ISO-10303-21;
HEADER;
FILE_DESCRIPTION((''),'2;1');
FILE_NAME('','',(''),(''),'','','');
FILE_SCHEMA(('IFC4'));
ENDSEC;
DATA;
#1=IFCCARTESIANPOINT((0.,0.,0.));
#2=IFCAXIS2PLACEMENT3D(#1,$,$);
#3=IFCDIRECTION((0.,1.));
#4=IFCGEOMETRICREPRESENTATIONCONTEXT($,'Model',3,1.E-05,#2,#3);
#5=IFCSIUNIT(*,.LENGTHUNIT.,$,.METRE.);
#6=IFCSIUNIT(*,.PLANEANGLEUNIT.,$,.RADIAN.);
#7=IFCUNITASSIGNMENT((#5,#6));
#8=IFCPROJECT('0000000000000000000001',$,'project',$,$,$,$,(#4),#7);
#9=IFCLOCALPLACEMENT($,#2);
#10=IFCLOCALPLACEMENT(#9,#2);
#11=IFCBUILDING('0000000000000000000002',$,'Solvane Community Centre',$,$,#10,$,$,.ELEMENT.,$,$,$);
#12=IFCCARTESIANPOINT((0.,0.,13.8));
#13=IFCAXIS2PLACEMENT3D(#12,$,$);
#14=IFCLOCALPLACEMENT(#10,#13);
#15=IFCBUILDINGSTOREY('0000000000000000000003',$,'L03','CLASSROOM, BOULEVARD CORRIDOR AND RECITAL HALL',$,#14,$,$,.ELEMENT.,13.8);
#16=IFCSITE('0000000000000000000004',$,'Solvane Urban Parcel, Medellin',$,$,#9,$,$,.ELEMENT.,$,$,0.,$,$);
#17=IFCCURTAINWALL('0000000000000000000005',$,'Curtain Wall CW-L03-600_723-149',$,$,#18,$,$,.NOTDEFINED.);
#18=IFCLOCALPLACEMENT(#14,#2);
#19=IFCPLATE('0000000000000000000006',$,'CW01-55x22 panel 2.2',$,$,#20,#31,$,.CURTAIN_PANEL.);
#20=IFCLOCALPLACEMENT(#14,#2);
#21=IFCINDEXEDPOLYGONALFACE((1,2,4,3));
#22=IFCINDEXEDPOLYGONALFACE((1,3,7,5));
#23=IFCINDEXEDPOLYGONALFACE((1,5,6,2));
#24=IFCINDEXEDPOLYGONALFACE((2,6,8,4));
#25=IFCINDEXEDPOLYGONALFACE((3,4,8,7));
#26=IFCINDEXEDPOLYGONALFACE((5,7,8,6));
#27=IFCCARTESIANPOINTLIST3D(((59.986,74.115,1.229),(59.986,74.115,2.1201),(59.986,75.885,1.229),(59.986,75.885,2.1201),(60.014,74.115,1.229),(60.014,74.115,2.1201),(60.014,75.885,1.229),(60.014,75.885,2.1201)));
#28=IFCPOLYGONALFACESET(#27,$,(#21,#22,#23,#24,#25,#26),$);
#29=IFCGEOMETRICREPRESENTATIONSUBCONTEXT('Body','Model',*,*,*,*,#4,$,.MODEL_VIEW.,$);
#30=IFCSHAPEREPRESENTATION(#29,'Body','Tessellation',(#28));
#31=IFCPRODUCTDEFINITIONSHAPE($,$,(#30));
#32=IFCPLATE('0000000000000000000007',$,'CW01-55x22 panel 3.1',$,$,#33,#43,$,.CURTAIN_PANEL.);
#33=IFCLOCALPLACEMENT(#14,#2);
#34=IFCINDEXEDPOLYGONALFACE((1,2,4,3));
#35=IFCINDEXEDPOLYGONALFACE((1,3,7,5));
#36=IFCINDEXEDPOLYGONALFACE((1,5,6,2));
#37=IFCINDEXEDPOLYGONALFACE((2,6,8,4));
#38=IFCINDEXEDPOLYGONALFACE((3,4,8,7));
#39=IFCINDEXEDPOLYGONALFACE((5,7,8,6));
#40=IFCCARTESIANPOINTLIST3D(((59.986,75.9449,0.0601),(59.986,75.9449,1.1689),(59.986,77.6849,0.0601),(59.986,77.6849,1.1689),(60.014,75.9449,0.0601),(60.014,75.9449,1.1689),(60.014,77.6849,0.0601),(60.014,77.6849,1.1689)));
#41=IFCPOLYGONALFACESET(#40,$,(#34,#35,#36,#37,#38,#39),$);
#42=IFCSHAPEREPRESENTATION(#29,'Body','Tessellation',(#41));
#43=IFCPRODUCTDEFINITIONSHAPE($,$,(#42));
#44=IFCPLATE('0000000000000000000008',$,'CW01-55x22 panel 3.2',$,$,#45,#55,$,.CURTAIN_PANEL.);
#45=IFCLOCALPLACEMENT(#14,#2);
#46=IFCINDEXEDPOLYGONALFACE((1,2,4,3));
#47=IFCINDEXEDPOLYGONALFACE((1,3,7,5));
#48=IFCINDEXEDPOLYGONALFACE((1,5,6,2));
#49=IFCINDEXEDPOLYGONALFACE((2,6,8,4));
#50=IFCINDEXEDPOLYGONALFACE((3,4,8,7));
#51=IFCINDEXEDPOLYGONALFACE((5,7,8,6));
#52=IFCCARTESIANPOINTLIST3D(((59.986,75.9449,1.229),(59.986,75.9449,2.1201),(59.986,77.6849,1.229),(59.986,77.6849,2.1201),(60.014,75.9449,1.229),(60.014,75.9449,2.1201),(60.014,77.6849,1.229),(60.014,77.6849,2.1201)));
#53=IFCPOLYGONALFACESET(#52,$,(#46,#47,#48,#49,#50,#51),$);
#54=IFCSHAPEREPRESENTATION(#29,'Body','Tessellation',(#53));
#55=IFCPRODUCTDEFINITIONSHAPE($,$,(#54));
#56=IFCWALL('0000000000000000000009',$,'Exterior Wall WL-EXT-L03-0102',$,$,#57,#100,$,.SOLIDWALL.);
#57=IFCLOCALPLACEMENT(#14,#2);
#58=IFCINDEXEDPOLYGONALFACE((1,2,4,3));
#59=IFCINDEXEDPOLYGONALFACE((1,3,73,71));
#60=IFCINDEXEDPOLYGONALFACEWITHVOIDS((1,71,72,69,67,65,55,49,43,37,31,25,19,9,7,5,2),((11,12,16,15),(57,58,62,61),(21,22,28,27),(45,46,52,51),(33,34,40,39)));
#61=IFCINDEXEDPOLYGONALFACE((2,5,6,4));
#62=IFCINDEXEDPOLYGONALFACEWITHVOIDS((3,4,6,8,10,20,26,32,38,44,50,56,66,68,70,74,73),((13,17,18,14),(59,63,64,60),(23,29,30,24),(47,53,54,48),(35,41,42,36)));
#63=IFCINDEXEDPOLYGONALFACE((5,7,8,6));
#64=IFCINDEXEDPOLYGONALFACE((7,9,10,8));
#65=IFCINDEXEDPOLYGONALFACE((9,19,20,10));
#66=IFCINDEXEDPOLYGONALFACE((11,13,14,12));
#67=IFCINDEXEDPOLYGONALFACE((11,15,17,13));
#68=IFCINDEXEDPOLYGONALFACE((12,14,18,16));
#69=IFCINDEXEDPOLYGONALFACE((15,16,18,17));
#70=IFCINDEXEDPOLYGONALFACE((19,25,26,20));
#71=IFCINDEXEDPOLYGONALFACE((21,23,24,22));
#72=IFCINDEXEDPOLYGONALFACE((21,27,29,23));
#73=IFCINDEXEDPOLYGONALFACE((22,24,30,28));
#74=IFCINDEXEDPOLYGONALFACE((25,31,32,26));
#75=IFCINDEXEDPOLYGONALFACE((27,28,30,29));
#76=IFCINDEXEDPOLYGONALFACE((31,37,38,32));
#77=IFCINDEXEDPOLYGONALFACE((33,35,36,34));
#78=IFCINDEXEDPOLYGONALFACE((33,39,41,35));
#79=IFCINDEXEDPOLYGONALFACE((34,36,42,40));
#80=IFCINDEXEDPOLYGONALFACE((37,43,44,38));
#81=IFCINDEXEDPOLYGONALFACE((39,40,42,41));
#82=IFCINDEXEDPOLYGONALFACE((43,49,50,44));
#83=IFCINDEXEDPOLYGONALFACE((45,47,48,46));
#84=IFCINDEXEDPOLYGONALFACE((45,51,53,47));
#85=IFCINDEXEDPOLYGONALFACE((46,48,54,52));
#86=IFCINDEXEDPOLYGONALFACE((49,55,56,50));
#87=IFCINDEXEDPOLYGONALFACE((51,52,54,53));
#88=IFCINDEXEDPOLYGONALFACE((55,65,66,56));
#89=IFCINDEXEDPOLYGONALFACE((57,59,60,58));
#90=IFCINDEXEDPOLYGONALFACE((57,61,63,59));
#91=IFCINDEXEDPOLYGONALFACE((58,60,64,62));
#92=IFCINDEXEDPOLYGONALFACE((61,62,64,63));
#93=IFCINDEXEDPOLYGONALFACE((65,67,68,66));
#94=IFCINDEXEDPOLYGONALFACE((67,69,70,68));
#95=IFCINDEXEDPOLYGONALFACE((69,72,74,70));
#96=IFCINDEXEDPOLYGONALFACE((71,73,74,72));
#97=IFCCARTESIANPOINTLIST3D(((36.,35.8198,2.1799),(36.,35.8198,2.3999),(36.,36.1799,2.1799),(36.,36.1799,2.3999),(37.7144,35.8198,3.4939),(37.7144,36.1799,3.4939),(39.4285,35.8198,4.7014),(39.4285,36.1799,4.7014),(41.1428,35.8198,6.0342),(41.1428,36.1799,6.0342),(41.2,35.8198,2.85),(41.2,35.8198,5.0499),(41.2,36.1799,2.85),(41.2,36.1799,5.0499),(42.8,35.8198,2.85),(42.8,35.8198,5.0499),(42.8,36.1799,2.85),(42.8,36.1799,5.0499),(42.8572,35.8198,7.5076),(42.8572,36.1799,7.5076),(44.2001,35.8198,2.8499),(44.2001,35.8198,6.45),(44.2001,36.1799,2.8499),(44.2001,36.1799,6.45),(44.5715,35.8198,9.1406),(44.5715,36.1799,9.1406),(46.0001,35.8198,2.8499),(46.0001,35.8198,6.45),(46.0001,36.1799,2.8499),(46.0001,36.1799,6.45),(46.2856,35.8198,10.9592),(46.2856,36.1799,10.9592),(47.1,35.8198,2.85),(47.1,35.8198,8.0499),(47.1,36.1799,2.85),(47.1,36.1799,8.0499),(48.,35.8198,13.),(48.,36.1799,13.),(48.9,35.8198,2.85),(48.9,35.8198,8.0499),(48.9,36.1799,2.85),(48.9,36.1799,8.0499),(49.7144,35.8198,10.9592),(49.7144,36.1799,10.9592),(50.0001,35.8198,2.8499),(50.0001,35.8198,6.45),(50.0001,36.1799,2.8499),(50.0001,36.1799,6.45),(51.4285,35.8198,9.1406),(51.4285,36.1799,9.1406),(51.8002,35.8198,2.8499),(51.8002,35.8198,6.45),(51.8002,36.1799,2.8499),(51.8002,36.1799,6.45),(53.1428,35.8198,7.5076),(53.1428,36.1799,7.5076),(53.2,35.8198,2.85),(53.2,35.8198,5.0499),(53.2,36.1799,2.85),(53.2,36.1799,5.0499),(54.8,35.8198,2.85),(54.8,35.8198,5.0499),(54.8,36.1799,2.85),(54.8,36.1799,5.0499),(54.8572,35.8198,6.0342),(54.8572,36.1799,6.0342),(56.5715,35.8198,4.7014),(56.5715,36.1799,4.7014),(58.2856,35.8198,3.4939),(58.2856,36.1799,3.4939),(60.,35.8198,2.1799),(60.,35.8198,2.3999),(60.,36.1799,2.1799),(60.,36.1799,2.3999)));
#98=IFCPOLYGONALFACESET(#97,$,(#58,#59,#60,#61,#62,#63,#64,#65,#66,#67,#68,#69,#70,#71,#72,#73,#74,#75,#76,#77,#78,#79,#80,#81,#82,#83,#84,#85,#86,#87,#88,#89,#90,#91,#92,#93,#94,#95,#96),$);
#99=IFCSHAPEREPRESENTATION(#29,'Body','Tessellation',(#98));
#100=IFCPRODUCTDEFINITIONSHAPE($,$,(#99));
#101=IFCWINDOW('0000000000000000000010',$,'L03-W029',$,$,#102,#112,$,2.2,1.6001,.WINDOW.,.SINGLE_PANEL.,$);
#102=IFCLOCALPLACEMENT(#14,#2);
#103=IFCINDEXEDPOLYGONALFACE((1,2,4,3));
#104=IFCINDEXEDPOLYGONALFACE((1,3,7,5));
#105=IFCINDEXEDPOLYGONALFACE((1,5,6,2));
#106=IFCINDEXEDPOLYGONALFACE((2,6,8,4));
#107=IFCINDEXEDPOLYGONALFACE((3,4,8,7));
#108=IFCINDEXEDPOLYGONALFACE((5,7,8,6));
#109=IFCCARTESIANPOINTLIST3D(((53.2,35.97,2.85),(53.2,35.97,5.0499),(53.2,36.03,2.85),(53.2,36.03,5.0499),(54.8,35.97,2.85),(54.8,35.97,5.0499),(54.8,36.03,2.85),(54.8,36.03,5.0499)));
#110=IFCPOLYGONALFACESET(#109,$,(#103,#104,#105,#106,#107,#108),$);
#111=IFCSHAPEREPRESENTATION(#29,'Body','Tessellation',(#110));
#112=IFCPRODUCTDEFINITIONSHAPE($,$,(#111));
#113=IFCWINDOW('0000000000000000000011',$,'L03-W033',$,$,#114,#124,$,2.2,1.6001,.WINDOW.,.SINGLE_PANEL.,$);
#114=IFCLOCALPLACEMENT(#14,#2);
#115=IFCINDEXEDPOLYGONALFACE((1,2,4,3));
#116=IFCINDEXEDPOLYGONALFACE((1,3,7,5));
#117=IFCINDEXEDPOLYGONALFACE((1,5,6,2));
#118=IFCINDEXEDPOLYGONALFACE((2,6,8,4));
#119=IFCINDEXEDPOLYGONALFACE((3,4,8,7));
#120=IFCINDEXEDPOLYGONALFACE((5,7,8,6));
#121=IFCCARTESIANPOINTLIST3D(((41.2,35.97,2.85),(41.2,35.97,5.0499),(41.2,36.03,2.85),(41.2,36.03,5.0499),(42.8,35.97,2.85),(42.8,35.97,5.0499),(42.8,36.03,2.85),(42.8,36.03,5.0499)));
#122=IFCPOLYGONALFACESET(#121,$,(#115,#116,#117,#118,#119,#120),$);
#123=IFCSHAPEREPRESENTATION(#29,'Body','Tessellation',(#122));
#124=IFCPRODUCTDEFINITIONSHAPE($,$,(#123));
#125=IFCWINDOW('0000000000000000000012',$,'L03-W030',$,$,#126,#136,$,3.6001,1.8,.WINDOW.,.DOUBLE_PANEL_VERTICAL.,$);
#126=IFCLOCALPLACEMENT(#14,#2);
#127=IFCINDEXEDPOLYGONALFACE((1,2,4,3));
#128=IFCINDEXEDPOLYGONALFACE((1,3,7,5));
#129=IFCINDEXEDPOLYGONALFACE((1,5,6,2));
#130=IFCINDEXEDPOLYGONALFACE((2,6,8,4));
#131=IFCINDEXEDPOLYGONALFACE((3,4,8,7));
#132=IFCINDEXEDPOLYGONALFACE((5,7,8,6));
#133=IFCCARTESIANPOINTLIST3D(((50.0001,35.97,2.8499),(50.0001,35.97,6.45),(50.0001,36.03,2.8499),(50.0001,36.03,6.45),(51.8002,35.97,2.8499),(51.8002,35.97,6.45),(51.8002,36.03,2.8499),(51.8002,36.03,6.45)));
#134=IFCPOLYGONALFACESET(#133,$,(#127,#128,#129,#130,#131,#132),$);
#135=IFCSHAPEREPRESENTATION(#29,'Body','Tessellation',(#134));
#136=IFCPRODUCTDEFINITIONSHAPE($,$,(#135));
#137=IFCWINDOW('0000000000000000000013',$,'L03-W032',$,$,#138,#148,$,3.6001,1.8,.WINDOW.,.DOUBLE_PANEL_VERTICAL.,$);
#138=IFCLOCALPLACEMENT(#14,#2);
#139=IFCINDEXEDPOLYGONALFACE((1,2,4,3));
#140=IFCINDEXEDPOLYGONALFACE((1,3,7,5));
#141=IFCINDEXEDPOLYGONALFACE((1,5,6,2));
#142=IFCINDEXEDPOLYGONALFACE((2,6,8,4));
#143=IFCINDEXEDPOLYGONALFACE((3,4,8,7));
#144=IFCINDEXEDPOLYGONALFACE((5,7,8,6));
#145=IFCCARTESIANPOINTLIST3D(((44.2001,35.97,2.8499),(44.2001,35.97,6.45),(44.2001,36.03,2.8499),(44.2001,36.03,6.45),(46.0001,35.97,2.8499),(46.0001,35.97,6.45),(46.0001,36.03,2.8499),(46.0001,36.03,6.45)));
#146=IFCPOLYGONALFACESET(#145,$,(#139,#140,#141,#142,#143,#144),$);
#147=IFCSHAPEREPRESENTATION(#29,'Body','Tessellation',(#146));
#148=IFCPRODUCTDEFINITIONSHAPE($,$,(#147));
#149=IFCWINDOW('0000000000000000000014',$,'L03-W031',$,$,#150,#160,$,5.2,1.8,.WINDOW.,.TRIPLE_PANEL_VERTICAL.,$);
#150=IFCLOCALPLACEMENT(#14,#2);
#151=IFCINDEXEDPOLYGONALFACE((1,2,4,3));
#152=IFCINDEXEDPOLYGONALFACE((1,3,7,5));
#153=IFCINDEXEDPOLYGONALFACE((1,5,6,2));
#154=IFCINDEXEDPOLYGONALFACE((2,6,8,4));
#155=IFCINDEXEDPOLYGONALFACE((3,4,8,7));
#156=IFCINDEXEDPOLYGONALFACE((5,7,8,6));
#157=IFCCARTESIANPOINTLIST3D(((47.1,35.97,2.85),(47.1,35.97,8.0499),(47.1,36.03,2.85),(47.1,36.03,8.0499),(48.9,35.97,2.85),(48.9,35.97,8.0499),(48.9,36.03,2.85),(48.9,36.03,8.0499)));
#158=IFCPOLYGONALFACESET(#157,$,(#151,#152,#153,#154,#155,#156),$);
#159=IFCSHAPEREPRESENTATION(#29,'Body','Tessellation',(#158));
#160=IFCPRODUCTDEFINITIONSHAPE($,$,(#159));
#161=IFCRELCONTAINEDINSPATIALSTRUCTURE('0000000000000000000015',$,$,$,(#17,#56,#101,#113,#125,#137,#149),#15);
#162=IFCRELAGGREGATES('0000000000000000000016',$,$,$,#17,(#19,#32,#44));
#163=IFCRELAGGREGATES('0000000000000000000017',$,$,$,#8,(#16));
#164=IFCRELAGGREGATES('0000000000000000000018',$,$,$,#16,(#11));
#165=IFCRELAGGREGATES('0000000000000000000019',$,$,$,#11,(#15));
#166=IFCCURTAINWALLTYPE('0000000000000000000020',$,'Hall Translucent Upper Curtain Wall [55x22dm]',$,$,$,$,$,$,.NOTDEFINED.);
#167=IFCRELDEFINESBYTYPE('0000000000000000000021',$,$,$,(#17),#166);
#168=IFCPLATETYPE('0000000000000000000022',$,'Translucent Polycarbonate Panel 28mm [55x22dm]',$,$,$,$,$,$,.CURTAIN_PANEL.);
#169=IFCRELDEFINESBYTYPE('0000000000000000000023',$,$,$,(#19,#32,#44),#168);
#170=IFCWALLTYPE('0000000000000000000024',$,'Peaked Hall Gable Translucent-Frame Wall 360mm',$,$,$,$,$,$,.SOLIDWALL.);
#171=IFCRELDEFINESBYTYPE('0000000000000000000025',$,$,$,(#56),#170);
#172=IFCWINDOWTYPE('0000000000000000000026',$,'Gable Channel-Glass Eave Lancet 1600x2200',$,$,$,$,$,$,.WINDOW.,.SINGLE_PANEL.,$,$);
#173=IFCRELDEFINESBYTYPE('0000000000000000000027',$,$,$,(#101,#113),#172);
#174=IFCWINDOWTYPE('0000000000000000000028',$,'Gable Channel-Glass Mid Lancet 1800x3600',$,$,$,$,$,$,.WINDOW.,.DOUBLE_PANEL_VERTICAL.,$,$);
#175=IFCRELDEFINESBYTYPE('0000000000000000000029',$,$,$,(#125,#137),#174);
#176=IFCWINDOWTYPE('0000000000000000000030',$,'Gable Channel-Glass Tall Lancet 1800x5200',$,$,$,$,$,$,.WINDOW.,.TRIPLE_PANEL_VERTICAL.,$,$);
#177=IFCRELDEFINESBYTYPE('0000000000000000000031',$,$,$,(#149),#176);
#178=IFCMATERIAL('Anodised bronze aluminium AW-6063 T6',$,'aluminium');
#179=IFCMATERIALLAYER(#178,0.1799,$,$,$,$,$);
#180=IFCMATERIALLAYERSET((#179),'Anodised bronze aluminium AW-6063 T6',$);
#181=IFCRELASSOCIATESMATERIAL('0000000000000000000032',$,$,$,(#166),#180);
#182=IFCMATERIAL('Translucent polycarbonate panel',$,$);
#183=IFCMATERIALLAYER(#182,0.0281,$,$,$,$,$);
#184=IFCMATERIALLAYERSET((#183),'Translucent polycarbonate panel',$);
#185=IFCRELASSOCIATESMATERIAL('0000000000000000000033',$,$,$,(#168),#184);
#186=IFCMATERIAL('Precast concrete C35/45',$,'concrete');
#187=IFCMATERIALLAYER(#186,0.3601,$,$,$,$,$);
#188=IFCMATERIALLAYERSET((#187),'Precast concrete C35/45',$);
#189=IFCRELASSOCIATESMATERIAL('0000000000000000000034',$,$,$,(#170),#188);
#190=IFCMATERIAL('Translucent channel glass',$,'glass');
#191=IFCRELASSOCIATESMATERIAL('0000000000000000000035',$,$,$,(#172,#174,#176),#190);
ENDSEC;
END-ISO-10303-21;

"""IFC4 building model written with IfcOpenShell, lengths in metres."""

from ifc_helpers import new_model, si_unit, direction, frame, frame_2d, origin, origin_2d, place, context, subcontext, project, spatial, polyline, rectangle, outline, extrude, material, layer, layer_set, type_object, element, fill, aggregate, save


model = new_model("IFC4")

# Units and contexts
model_context = context("Model", 3, precision=1e-05, world=origin(), true_north=direction((0.0, 1.0)))
body_context = subcontext(model_context, "Body", "Model", "MODEL_VIEW")
ifc_project = project(units=[si_unit("LENGTHUNIT", "METRE"), si_unit("PLANEANGLEUNIT", "RADIAN")], contexts=[model_context])

# Site, building, storey
site_placement = place(None, origin())
site = spatial("IfcSite", under=ifc_project, at=site_placement, Name="Solvane Urban Parcel, Medellin", CompositionType="ELEMENT", RefElevation=0.0)
building_placement = place(site_placement, origin())
building = spatial("IfcBuilding", under=site, at=building_placement, Name="Solvane Community Centre", CompositionType="ELEMENT")
storey_placement = place(building_placement, frame((0.0, 0.0, 13.8)))
storey = spatial("IfcBuildingStorey", under=building, at=storey_placement, Name="L03", Description="CLASSROOM, BOULEVARD CORRIDOR AND RECITAL HALL", CompositionType="ELEMENT", Elevation=13.8)

# Curtain wall
ifc_material_1 = material(Name="Anodised bronze aluminium AW-6063 T6", Category="aluminium")
ifc_layer_1 = layer(ifc_material_1, 0.1799)
ifc_layer_set_1 = layer_set([ifc_layer_1], Name="Anodised bronze aluminium AW-6063 T6")
curtain_wall_type = type_object("IfcCurtainWallType", Name="Hall Translucent Upper Curtain Wall [55x22dm]", PredefinedType="NOTDEFINED", material=ifc_layer_set_1)
curtain_wall_placement = place(storey_placement, origin())
curtain_wall = element("IfcCurtainWall", 1, at=curtain_wall_placement, inside=storey, type_object=curtain_wall_type, Name="Curtain Wall CW-L03-600_723-149", PredefinedType="NOTDEFINED")

# Plates
ifc_material_2 = material(Name="Translucent polycarbonate panel")
ifc_layer_2 = layer(ifc_material_2, 0.0281)
ifc_layer_set_2 = layer_set([ifc_layer_2], Name="Translucent polycarbonate panel")
plate_type_1 = type_object("IfcPlateType", Name="Translucent Polycarbonate Panel 28mm [55x22dm]", PredefinedType="CURTAIN_PANEL", material=ifc_layer_set_2)
plate_1_placement = place(storey_placement, frame((60.0, 75.0, 1.229), z_axis=(0.0, 0.0, 1.0), x_axis=(0.0, 1.0, 0.0)))
plate_1 = element("IfcPlate", 2, at=plate_1_placement, type_object=plate_type_1, Name="CW01-55x22 panel 2.2", PredefinedType="CURTAIN_PANEL", context=body_context, shape_type="SweptSolid", body=[
    extrude(rectangle(XDim=1.77, YDim=0.0281, at=origin_2d()), origin(), (0.0, 0.0, 1.0), 0.8911),
])
plate_2_placement = place(storey_placement, frame((60.0, 76.8149, 0.0601), z_axis=(0.0, 0.0, 1.0), x_axis=(0.0, 1.0, 0.0)))
plate_2 = element("IfcPlate", 3, at=plate_2_placement, type_object=plate_type_1, Name="CW01-55x22 panel 3.1", PredefinedType="CURTAIN_PANEL", context=body_context, shape_type="SweptSolid", body=[
    extrude(rectangle(XDim=1.74, YDim=0.0281, at=origin_2d()), origin(), (0.0, 0.0, 1.0), 1.1089),
])
plate_3_placement = place(storey_placement, frame((60.0, 76.8149, 1.229), z_axis=(0.0, 0.0, 1.0), x_axis=(0.0, 1.0, 0.0)))
plate_3 = element("IfcPlate", 4, at=plate_3_placement, type_object=plate_type_1, Name="CW01-55x22 panel 3.2", PredefinedType="CURTAIN_PANEL", context=body_context, shape_type="SweptSolid", body=[
    extrude(rectangle(XDim=1.74, YDim=0.0281, at=origin_2d()), origin(), (0.0, 0.0, 1.0), 0.8911),
])
aggregate(curtain_wall, [plate_1, plate_2, plate_3])

# Wall, openings, windows
ifc_material_3 = material(Name="Precast concrete C35/45", Category="concrete")
ifc_layer_3 = layer(ifc_material_3, 0.3601)
ifc_layer_set_3 = layer_set([ifc_layer_3], Name="Precast concrete C35/45")
wall_type = type_object("IfcWallType", Name="Peaked Hall Gable Translucent-Frame Wall 360mm", PredefinedType="SOLIDWALL", material=ifc_layer_set_3)
wall_placement = place(storey_placement, frame((60.0, 36.0, 2.1799), z_axis=(0.0, 0.0, 1.0), x_axis=(-1.0, 0.0, 0.0)))
wall = element("IfcWall", 5, at=wall_placement, inside=storey, type_object=wall_type, Name="Exterior Wall WL-EXT-L03-0102", PredefinedType="SOLIDWALL", context=body_context, shape_type="SweptSolid", body=[
    extrude(outline(polyline([(0.0, 0.0), (24.0, 0.0), (24.0, 0.22), (22.2856, 1.314), (20.5715, 2.5215), (18.8572, 3.8542), (17.1428, 5.3276), (15.4285, 6.9607), (13.7144, 8.7793), (12.0, 10.8201), (10.2856, 8.7793), (8.5715, 6.9607), (6.8572, 5.3276), (5.1428, 3.8542), (3.4285, 2.5215), (1.7144, 1.314), (0.0, 0.22), (0.0, 0.0)])), frame((0.0, 0.1802, 0.0), z_axis=(0.0, -1.0, 0.0), x_axis=(1.0, 0.0, 0.0)), (0.0, 0.0, 1.0), 0.3601),
])
opening_1_placement = place(wall_placement, frame((5.2, 0.0, 0.6699)))
opening_1 = element("IfcOpeningElement", 6, at=opening_1_placement, cuts=wall, PredefinedType="OPENING", context=body_context, shape_type="SweptSolid", body=[
    extrude(rectangle(XDim=1.6001, YDim=2.2, at=frame_2d((0.8, 1.1001))), frame((0.0, 0.1899, 0.0), z_axis=(0.0, -1.0, 0.0), x_axis=(1.0, 0.0, 0.0)), (0.0, 0.0, 1.0), 0.3801),
])
opening_2_placement = place(wall_placement, frame((8.2, 0.0, 0.6699)))
opening_2 = element("IfcOpeningElement", 7, at=opening_2_placement, cuts=wall, PredefinedType="OPENING", context=body_context, shape_type="SweptSolid", body=[
    extrude(rectangle(XDim=1.8, YDim=3.6001, at=frame_2d((0.8999, 1.8))), frame((0.0, 0.1899, 0.0), z_axis=(0.0, -1.0, 0.0), x_axis=(1.0, 0.0, 0.0)), (0.0, 0.0, 1.0), 0.3801),
])
opening_3_placement = place(wall_placement, frame((11.1001, 0.0, 0.6699)))
opening_3 = element("IfcOpeningElement", 8, at=opening_3_placement, cuts=wall, PredefinedType="OPENING", context=body_context, shape_type="SweptSolid", body=[
    extrude(rectangle(XDim=1.8, YDim=5.2, at=frame_2d((0.8999, 2.6001))), frame((0.0, 0.1899, 0.0), z_axis=(0.0, -1.0, 0.0), x_axis=(1.0, 0.0, 0.0)), (0.0, 0.0, 1.0), 0.3801),
])
opening_4_placement = place(wall_placement, frame((14.0, 0.0, 0.6699)))
opening_4 = element("IfcOpeningElement", 9, at=opening_4_placement, cuts=wall, PredefinedType="OPENING", context=body_context, shape_type="SweptSolid", body=[
    extrude(rectangle(XDim=1.8, YDim=3.6001, at=frame_2d((0.8999, 1.8))), frame((0.0, 0.1899, 0.0), z_axis=(0.0, -1.0, 0.0), x_axis=(1.0, 0.0, 0.0)), (0.0, 0.0, 1.0), 0.3801),
])
opening_5_placement = place(wall_placement, frame((17.2, 0.0, 0.6699)))
opening_5 = element("IfcOpeningElement", 10, at=opening_5_placement, cuts=wall, PredefinedType="OPENING", context=body_context, shape_type="SweptSolid", body=[
    extrude(rectangle(XDim=1.6001, YDim=2.2, at=frame_2d((0.8, 1.1001))), frame((0.0, 0.1899, 0.0), z_axis=(0.0, -1.0, 0.0), x_axis=(1.0, 0.0, 0.0)), (0.0, 0.0, 1.0), 0.3801),
])
ifc_material_4 = material(Name="Translucent channel glass", Category="glass")
window_type_1 = type_object("IfcWindowType", Name="Gable Channel-Glass Eave Lancet 1600x2200", PartitioningType="SINGLE_PANEL", PredefinedType="WINDOW", material=ifc_material_4)
window_1_placement = place(opening_1_placement, origin())
window_1 = element("IfcWindow", 11, at=window_1_placement, inside=storey, type_object=window_type_1, Name="L03-W029", OverallHeight=2.2, OverallWidth=1.6001, PartitioningType="SINGLE_PANEL", PredefinedType="WINDOW", context=body_context, shape_type="SweptSolid", body=[
    extrude(rectangle(XDim=1.6001, YDim=2.2, at=frame_2d((0.8, 1.1001))), frame((0.0, 0.03, 0.0), z_axis=(0.0, -1.0, 0.0), x_axis=(1.0, 0.0, 0.0)), (0.0, 0.0, 1.0), 0.0601),
])
fill(opening_1, window_1)
window_2_placement = place(opening_5_placement, origin())
window_2 = element("IfcWindow", 12, at=window_2_placement, inside=storey, type_object=window_type_1, Name="L03-W033", OverallHeight=2.2, OverallWidth=1.6001, PartitioningType="SINGLE_PANEL", PredefinedType="WINDOW", context=body_context, shape_type="SweptSolid", body=[
    extrude(rectangle(XDim=1.6001, YDim=2.2, at=frame_2d((0.8, 1.1001))), frame((0.0, 0.03, 0.0), z_axis=(0.0, -1.0, 0.0), x_axis=(1.0, 0.0, 0.0)), (0.0, 0.0, 1.0), 0.0601),
])
fill(opening_5, window_2)
window_type_2 = type_object("IfcWindowType", Name="Gable Channel-Glass Mid Lancet 1800x3600", PartitioningType="DOUBLE_PANEL_VERTICAL", PredefinedType="WINDOW", material=ifc_material_4)
window_3_placement = place(opening_2_placement, origin())
window_3 = element("IfcWindow", 13, at=window_3_placement, inside=storey, type_object=window_type_2, Name="L03-W030", OverallHeight=3.6001, OverallWidth=1.8, PartitioningType="DOUBLE_PANEL_VERTICAL", PredefinedType="WINDOW", context=body_context, shape_type="SweptSolid", body=[
    extrude(rectangle(XDim=1.8, YDim=3.6001, at=frame_2d((0.8999, 1.8))), frame((0.0, 0.03, 0.0), z_axis=(0.0, -1.0, 0.0), x_axis=(1.0, 0.0, 0.0)), (0.0, 0.0, 1.0), 0.0601),
])
fill(opening_2, window_3)
window_4_placement = place(opening_4_placement, origin())
window_4 = element("IfcWindow", 14, at=window_4_placement, inside=storey, type_object=window_type_2, Name="L03-W032", OverallHeight=3.6001, OverallWidth=1.8, PartitioningType="DOUBLE_PANEL_VERTICAL", PredefinedType="WINDOW", context=body_context, shape_type="SweptSolid", body=[
    extrude(rectangle(XDim=1.8, YDim=3.6001, at=frame_2d((0.8999, 1.8))), frame((0.0, 0.03, 0.0), z_axis=(0.0, -1.0, 0.0), x_axis=(1.0, 0.0, 0.0)), (0.0, 0.0, 1.0), 0.0601),
])
fill(opening_4, window_4)
window_type_3 = type_object("IfcWindowType", Name="Gable Channel-Glass Tall Lancet 1800x5200", PartitioningType="TRIPLE_PANEL_VERTICAL", PredefinedType="WINDOW", material=ifc_material_4)
window_5_placement = place(opening_3_placement, origin())
window_5 = element("IfcWindow", 15, at=window_5_placement, inside=storey, type_object=window_type_3, Name="L03-W031", OverallHeight=5.2, OverallWidth=1.8, PartitioningType="TRIPLE_PANEL_VERTICAL", PredefinedType="WINDOW", context=body_context, shape_type="SweptSolid", body=[
    extrude(rectangle(XDim=1.8, YDim=5.2, at=frame_2d((0.8999, 2.6001))), frame((0.0, 0.03, 0.0), z_axis=(0.0, -1.0, 0.0), x_axis=(1.0, 0.0, 0.0)), (0.0, 0.0, 1.0), 0.0601),
])
fill(opening_3, window_5)

save(model, "model.ifc")
